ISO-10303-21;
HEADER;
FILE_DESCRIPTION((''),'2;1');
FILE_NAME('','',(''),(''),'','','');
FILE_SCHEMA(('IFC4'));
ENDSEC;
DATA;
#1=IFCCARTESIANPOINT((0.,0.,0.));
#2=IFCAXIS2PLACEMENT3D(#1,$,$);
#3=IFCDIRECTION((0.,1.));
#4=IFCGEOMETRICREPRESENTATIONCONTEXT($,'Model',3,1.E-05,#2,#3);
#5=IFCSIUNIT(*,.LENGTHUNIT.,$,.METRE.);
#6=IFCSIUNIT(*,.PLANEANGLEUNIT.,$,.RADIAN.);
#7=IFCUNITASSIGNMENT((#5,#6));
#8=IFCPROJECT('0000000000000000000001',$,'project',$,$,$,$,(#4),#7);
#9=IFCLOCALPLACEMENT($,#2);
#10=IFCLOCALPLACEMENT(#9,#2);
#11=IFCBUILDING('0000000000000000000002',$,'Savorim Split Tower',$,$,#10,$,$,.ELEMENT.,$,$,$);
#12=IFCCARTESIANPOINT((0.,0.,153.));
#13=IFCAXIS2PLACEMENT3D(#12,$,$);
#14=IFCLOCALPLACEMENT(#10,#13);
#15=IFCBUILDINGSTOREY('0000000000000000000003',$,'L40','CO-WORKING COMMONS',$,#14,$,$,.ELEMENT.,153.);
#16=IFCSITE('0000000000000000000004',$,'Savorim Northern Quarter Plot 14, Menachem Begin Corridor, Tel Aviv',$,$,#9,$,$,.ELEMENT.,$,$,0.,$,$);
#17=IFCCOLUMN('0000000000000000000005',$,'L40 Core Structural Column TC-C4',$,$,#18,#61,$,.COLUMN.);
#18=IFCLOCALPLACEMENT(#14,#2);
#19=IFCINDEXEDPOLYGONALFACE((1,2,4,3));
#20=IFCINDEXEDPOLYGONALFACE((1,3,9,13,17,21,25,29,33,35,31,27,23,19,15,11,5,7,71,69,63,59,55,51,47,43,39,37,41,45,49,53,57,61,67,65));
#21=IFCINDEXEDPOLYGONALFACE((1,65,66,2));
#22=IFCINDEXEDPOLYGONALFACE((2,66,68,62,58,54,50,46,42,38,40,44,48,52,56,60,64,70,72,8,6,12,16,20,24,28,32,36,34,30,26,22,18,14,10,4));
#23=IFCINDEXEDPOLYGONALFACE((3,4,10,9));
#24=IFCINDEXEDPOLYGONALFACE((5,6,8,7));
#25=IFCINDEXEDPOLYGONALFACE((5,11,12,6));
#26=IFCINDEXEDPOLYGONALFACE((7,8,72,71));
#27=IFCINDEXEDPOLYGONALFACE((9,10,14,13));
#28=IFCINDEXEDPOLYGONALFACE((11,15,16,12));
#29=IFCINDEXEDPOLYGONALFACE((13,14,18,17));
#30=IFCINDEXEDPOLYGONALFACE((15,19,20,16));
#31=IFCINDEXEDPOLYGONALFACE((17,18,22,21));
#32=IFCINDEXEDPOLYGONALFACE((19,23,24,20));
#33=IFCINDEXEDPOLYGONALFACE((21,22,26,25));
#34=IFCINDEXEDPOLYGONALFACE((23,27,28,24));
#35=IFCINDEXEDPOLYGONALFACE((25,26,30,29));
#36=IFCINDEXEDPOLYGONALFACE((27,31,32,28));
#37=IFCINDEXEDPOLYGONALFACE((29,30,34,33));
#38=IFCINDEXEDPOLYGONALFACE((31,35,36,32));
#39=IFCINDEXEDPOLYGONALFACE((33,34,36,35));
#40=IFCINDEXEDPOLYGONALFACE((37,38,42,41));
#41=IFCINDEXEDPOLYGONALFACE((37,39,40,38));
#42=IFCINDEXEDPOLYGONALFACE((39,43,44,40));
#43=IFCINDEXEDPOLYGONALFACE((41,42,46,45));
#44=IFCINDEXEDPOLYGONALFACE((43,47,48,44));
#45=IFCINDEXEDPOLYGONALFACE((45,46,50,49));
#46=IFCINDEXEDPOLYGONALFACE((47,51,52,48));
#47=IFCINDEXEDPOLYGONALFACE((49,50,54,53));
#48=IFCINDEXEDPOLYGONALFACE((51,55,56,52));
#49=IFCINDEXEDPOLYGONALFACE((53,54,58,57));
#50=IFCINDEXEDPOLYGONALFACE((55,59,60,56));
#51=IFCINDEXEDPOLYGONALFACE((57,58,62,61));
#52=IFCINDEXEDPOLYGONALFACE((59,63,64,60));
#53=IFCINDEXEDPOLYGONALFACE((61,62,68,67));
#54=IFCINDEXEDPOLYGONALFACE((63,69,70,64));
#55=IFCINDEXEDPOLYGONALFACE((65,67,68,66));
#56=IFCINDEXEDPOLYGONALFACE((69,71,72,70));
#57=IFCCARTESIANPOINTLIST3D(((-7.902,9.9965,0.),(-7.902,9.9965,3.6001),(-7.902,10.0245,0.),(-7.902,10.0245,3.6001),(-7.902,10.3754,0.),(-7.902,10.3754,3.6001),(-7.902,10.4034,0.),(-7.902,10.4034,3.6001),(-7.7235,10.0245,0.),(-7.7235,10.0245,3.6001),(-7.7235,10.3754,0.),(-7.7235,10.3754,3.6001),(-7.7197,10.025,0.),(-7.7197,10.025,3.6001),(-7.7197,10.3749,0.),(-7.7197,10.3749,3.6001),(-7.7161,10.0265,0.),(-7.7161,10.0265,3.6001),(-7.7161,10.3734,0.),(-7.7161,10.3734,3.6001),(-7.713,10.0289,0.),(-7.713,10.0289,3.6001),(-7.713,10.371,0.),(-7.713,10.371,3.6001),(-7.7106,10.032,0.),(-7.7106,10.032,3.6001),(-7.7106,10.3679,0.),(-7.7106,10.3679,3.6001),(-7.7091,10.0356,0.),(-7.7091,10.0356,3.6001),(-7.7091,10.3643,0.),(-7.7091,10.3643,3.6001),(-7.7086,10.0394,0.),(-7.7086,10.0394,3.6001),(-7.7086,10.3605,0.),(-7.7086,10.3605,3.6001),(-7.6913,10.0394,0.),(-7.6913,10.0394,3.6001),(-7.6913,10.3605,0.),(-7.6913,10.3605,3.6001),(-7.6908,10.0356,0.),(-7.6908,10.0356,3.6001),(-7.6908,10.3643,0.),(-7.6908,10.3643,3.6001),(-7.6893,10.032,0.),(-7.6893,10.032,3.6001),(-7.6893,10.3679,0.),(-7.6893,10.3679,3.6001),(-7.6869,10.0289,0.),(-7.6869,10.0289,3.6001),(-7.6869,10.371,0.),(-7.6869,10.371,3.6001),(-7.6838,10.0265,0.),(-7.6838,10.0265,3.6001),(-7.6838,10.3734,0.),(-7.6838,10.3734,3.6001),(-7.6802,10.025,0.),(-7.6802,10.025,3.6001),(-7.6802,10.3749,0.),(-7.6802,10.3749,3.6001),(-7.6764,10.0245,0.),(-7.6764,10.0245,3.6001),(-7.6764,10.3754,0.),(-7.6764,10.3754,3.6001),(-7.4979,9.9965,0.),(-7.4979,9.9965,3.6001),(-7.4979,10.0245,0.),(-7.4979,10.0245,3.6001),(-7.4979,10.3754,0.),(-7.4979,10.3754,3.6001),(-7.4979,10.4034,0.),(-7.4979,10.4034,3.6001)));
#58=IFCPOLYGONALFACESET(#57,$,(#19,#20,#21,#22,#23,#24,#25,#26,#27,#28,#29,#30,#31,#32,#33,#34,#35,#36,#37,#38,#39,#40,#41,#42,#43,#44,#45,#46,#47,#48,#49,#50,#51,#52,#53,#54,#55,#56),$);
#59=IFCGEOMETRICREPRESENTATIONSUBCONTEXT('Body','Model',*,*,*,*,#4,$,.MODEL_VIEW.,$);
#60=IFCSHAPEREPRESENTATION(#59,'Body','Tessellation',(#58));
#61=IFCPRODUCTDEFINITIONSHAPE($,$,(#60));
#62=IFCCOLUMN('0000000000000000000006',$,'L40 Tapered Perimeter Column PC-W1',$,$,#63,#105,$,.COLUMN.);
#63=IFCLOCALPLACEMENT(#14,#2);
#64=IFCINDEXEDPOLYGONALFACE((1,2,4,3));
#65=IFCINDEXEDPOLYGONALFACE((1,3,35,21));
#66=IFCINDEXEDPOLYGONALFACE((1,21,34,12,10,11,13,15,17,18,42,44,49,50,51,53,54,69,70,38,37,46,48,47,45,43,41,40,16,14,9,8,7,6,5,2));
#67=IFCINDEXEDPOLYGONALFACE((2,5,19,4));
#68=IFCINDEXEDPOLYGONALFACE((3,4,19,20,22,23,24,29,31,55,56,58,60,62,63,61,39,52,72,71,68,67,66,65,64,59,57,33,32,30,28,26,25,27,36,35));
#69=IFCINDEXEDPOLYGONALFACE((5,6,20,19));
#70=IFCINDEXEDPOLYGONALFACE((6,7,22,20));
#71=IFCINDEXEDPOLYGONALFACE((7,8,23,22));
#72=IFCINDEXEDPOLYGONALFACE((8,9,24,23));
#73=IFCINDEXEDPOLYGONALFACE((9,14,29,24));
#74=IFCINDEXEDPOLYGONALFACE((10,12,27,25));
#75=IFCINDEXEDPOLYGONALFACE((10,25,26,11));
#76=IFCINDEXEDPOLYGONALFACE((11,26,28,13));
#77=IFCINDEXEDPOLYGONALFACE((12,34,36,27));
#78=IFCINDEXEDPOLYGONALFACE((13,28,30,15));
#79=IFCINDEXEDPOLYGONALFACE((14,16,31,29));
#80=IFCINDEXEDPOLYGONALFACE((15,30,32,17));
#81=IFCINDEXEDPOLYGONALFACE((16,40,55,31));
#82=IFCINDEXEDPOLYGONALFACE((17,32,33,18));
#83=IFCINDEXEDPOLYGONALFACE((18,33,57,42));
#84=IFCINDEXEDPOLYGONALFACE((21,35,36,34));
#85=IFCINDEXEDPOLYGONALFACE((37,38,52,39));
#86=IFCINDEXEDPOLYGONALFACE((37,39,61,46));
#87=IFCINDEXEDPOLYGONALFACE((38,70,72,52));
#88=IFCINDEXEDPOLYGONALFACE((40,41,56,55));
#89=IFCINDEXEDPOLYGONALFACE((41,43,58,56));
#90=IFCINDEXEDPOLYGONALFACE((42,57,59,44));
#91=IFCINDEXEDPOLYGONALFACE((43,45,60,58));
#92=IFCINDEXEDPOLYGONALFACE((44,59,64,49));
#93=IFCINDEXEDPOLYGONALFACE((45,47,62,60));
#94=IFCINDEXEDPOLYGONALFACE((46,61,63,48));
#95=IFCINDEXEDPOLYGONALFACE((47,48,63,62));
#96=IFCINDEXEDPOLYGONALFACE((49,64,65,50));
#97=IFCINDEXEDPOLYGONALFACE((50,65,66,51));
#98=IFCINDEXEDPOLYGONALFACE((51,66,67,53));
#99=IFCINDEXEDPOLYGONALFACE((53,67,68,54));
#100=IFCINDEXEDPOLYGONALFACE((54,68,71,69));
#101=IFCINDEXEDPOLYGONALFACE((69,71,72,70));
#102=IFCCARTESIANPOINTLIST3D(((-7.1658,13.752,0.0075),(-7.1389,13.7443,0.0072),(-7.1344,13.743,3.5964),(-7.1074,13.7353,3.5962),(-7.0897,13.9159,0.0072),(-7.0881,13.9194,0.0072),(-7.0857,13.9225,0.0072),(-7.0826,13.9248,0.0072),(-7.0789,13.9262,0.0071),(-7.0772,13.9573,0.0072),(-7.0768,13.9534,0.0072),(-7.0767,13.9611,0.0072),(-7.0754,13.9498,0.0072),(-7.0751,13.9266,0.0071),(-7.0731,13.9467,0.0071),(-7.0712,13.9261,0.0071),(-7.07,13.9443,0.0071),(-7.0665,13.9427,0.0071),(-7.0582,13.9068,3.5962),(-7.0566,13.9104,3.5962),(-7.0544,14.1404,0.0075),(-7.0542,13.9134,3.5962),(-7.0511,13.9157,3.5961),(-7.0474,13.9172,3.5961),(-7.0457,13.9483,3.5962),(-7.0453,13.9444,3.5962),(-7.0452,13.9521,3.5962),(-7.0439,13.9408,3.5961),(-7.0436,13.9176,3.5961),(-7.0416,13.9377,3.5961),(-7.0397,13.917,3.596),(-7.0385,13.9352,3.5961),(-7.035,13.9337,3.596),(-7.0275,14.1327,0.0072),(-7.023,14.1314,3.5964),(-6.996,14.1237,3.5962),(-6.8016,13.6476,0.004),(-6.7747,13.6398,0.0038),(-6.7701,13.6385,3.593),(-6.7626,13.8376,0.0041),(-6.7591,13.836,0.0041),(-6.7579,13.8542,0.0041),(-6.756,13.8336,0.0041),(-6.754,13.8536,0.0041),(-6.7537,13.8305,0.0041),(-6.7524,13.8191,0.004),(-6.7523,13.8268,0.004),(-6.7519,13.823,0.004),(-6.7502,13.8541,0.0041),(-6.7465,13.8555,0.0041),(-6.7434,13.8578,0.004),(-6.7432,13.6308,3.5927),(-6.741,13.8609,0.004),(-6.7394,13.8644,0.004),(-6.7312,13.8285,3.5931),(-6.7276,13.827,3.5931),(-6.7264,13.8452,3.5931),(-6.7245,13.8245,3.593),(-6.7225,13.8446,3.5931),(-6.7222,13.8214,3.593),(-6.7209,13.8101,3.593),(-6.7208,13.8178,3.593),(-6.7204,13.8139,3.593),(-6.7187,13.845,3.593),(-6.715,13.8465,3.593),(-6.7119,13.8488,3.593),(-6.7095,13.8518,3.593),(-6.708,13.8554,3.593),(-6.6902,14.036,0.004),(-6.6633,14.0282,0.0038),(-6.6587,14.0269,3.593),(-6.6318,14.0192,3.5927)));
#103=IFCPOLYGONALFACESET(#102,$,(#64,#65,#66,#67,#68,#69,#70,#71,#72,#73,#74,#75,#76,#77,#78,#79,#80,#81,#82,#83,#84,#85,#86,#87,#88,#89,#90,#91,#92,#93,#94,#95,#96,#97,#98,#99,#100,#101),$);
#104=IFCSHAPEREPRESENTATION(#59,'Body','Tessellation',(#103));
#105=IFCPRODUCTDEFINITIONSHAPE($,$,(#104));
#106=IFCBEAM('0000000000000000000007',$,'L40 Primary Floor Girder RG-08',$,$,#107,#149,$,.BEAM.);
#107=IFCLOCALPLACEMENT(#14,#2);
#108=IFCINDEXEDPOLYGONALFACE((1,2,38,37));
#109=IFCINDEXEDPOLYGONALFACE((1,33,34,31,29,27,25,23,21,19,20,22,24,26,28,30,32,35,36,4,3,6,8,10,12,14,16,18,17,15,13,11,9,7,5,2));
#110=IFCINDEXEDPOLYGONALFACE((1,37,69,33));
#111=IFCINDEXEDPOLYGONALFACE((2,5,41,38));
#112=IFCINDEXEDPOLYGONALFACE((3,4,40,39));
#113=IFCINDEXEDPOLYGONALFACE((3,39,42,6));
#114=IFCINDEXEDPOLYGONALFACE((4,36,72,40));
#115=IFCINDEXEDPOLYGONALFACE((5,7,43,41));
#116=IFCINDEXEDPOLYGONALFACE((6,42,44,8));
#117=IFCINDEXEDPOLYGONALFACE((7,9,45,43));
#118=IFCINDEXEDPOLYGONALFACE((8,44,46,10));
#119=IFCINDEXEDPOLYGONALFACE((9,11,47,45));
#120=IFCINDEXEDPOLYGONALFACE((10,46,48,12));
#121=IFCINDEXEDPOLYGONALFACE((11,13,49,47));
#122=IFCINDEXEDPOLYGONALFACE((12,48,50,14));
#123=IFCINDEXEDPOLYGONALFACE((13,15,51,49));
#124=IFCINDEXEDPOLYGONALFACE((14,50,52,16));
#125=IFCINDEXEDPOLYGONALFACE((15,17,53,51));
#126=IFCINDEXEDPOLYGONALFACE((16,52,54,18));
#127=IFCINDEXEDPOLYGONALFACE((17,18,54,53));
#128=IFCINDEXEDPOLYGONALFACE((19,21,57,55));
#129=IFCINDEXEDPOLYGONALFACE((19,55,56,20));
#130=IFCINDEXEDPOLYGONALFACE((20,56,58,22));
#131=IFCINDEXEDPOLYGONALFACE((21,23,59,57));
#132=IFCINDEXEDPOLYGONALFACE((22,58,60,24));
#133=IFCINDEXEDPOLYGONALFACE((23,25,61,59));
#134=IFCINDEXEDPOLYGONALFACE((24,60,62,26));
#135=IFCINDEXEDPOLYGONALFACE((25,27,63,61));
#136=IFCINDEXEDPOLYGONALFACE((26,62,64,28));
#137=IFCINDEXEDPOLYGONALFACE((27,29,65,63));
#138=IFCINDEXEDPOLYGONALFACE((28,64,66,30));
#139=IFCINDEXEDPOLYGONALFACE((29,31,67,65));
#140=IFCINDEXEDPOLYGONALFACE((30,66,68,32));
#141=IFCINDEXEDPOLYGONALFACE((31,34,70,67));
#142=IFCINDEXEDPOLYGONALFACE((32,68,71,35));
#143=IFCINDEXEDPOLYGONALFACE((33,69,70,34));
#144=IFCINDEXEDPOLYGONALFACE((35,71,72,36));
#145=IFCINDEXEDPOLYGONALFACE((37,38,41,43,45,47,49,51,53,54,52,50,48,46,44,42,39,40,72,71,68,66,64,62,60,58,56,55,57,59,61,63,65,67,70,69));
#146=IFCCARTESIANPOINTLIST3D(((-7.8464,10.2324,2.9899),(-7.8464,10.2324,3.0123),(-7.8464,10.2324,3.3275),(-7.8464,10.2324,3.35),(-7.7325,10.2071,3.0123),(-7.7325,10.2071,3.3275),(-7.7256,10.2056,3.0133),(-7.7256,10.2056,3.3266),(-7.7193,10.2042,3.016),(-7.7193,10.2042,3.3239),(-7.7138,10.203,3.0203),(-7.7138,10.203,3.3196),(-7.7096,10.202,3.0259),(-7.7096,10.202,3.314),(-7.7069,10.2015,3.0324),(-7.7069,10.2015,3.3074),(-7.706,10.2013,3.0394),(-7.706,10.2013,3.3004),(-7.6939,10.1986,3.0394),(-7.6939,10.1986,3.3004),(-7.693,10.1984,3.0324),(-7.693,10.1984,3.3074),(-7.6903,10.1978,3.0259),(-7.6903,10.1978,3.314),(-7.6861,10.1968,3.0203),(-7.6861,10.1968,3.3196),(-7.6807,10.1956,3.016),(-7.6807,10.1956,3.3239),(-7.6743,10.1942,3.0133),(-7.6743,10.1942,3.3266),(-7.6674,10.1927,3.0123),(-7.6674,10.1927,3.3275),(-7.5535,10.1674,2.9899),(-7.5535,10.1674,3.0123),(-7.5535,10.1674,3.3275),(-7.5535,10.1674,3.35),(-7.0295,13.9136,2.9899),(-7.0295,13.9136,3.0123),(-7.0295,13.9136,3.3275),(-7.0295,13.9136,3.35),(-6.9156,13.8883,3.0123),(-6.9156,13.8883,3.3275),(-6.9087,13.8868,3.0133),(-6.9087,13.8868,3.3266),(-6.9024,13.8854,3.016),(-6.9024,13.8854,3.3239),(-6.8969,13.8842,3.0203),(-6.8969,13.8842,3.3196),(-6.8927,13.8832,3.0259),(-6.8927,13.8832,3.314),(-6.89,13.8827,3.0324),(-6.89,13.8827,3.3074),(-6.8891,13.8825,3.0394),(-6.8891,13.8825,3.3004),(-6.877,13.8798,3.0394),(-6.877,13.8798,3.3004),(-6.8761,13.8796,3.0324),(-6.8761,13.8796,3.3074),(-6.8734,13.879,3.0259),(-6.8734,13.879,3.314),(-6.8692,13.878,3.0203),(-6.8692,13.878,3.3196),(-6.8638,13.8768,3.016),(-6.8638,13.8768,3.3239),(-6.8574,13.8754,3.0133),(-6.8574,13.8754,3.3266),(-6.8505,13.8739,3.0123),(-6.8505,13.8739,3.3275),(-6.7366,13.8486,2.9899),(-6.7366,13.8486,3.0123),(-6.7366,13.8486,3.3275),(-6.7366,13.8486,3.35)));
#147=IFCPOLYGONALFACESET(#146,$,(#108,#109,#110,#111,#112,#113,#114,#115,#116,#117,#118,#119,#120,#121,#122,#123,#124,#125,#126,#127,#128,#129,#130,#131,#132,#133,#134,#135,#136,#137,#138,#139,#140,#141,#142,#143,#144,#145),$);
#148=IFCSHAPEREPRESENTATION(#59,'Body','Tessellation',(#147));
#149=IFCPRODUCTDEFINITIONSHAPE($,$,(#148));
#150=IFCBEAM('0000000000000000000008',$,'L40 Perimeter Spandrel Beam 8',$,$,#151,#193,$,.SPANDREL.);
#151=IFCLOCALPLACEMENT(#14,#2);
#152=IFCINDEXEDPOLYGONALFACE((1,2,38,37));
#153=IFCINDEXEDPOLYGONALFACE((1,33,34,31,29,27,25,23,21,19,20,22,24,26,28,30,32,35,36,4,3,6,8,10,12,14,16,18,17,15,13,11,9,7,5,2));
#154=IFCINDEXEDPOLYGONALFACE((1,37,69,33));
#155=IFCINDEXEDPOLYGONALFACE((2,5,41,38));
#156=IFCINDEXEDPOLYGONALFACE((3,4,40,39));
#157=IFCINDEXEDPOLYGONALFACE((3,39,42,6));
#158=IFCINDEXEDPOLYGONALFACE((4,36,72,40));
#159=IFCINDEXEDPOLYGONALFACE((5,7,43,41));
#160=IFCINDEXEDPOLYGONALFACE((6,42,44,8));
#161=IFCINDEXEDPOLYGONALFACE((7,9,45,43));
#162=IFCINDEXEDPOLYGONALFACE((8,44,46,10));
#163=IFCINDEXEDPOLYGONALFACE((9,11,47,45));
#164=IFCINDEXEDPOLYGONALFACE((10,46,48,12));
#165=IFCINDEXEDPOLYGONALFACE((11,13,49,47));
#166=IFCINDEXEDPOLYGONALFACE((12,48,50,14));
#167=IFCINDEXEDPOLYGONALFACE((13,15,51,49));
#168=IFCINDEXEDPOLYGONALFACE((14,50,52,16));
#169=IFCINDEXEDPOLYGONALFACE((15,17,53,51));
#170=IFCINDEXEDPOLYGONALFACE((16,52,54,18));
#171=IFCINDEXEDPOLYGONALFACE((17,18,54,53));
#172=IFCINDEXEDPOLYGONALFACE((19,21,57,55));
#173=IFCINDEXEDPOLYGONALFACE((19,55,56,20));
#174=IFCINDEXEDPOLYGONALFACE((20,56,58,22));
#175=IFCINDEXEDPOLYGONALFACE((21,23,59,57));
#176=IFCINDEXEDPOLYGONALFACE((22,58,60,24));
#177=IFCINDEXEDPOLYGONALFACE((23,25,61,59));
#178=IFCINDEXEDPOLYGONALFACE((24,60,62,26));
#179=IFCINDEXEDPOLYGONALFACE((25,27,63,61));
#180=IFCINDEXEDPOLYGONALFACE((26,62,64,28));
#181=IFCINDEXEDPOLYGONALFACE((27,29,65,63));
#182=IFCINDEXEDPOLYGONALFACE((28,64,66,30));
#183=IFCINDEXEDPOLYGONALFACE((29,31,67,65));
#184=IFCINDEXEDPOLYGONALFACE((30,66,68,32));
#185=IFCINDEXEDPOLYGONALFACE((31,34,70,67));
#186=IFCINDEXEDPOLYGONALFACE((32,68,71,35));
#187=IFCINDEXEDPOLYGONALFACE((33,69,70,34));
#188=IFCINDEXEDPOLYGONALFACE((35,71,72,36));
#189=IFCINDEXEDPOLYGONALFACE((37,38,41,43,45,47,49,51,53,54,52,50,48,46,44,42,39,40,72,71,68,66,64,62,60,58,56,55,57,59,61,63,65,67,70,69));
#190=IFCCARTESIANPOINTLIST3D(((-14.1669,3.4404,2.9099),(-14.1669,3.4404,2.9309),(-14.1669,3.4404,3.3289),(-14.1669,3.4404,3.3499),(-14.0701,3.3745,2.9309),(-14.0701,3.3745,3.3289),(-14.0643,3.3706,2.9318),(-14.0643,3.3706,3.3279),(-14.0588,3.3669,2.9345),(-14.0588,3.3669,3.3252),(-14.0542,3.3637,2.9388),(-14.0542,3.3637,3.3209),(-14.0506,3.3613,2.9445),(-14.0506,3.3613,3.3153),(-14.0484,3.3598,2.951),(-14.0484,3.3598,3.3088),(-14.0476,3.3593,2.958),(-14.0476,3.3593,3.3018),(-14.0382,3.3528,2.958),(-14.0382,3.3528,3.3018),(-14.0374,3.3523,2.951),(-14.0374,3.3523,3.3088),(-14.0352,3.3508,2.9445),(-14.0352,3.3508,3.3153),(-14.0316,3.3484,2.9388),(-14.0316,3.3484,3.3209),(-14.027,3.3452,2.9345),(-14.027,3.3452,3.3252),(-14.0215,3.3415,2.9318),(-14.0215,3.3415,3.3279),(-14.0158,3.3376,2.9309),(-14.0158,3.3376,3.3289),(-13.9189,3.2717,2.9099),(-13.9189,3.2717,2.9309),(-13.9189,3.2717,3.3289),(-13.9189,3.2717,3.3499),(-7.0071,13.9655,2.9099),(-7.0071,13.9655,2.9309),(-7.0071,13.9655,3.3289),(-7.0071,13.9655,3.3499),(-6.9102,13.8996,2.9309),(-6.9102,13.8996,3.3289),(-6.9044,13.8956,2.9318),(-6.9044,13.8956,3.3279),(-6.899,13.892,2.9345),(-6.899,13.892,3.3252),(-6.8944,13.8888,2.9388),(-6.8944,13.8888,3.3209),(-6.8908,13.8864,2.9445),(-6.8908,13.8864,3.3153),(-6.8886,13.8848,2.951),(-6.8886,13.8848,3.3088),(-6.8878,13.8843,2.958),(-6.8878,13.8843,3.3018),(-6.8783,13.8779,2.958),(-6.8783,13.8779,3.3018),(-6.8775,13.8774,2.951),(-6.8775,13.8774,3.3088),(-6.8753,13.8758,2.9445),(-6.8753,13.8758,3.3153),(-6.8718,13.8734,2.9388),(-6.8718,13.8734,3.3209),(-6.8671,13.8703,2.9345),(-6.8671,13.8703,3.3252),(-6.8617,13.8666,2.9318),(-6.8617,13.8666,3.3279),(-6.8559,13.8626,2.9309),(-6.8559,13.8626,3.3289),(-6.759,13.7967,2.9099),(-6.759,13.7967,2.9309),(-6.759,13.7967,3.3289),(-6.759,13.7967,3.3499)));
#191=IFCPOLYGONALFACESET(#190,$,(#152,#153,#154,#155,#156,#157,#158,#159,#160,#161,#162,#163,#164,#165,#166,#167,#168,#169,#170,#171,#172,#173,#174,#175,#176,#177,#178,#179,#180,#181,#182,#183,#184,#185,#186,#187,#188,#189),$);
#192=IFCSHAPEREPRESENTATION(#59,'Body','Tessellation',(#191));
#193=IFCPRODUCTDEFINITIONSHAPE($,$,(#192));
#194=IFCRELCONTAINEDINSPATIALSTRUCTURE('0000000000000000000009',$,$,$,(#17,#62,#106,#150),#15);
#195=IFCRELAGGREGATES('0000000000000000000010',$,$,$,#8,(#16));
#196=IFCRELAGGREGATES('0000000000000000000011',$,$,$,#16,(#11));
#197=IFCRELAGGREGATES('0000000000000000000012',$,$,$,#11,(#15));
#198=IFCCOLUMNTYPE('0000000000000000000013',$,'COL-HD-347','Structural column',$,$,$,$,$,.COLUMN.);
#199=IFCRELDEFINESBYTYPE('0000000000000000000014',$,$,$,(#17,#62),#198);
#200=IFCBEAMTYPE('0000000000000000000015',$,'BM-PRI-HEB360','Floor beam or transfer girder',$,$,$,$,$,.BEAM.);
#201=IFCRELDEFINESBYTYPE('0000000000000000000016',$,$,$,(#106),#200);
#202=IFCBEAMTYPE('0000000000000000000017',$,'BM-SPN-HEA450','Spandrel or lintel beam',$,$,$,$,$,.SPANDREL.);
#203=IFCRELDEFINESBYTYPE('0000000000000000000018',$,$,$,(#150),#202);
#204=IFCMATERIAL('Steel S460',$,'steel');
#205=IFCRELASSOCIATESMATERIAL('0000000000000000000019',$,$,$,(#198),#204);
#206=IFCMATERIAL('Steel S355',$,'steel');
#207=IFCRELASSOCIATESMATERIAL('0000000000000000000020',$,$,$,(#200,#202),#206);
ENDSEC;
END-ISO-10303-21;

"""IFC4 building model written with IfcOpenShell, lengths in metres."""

from ifc_helpers import new_model, si_unit, direction, frame, origin, origin_2d, place, context, subcontext, project, spatial, i_section, extrude, material, material_profile, profile_set, type_object, element, save


model = new_model("IFC4")

# Units and contexts
model_context = context("Model", 3, precision=1e-05, world=origin(), true_north=direction((0.0, 1.0)))
body_context = subcontext(model_context, "Body", "Model", "MODEL_VIEW")
ifc_project = project(units=[si_unit("LENGTHUNIT", "METRE"), si_unit("PLANEANGLEUNIT", "RADIAN")], contexts=[model_context])

# Site, building, storey
site_placement = place(None, origin())
site = spatial("IfcSite", under=ifc_project, at=site_placement, Name="Savorim Northern Quarter Plot 14, Menachem Begin Corridor, Tel Aviv", CompositionType="ELEMENT", RefElevation=0.0)
building_placement = place(site_placement, origin())
building = spatial("IfcBuilding", under=site, at=building_placement, Name="Savorim Split Tower", CompositionType="ELEMENT")
storey_placement = place(building_placement, frame((0.0, 0.0, 153.0)))
storey = spatial("IfcBuildingStorey", under=building, at=storey_placement, Name="L40", Description="CO-WORKING COMMONS", CompositionType="ELEMENT", Elevation=153.0)

# Columns
ifc_material_1 = material(Name="Steel S460", Category="steel")
ifc_material_profile_1 = material_profile(ifc_material_1, i_section(OverallWidth=0.4041, OverallDepth=0.407, WebThickness=0.0173, FlangeThickness=0.0281, FilletRadius=0.0149, at=origin_2d()), Name="HD 400x347")
ifc_profile_set_1 = profile_set([ifc_material_profile_1], Name="Steel S460")
column_type = type_object("IfcColumnType", Name="COL-HD-347", Description="Structural column", PredefinedType="COLUMN", material=ifc_profile_set_1)
column_1_placement = place(storey_placement, frame((-7.7, 10.2, 0.0), z_axis=(0.0, 0.0, 1.0), x_axis=(1.0, 0.0, 0.0)))
element("IfcColumn", 1, at=column_1_placement, inside=storey, type_object=column_type, Name="L40 Core Structural Column TC-C4", PredefinedType="COLUMN", context=body_context, shape_type="SweptSolid", body=[
    extrude(i_section(OverallWidth=0.4041, OverallDepth=0.407, WebThickness=0.0173, FlangeThickness=0.0281, FilletRadius=0.0149, at=origin_2d()), origin(), (0.0, 0.0, 1.0), 3.6001),
])
column_2_placement = place(storey_placement, frame((-6.9146, 13.8901, 0.0056), z_axis=(0.008775, -0.002517, 0.999958), x_axis=(0.275705, 0.961242, 0.0)))
element("IfcColumn", 2, at=column_2_placement, inside=storey, type_object=column_type, Name="L40 Tapered Perimeter Column PC-W1", PredefinedType="COLUMN", context=body_context, shape_type="SweptSolid", body=[
    extrude(i_section(OverallWidth=0.4041, OverallDepth=0.407, WebThickness=0.0173, FlangeThickness=0.0281, FilletRadius=0.0149, at=origin_2d()), origin(), (0.0, 0.0, 1.0), 3.5891),
])

# Beams
ifc_material_2 = material(Name="Steel S355", Category="steel")
ifc_material_profile_2 = material_profile(ifc_material_2, i_section(OverallWidth=0.3, OverallDepth=0.3601, WebThickness=0.0125, FlangeThickness=0.0225, FilletRadius=0.0271, at=origin_2d()), Name="HEB 360")
ifc_profile_set_2 = profile_set([ifc_material_profile_2], Name="Steel S355")
beam_type_1 = type_object("IfcBeamType", Name="BM-PRI-HEB360", Description="Floor beam or transfer girder", PredefinedType="BEAM", material=ifc_profile_set_2)
beam_1_placement = place(storey_placement, frame((-6.8831, 13.8811, 3.1699), z_axis=(-0.216643, -0.976251, 0.0), x_axis=(0.976251, -0.216643, 0.0)))
element("IfcBeam", 3, at=beam_1_placement, inside=storey, type_object=beam_type_1, Name="L40 Primary Floor Girder RG-08", PredefinedType="BEAM", context=body_context, shape_type="SweptSolid", body=[
    extrude(i_section(OverallWidth=0.3, OverallDepth=0.3601, WebThickness=0.0125, FlangeThickness=0.0225, FilletRadius=0.0271, at=origin_2d()), origin(), (0.0, 0.0, 1.0), 3.7708),
])
ifc_material_profile_3 = material_profile(ifc_material_2, i_section(OverallWidth=0.3, OverallDepth=0.4399, WebThickness=0.0115, FlangeThickness=0.021, FilletRadius=0.0271, at=origin_2d()), Name="HEA 450")
ifc_profile_set_3 = profile_set([ifc_material_profile_3], Name="Steel S355")
beam_type_2 = type_object("IfcBeamType", Name="BM-SPN-HEA450", Description="Spandrel or lintel beam", PredefinedType="SPANDREL", material=ifc_profile_set_3)
beam_2_placement = place(storey_placement, frame((-6.8831, 13.8811, 3.1299), z_axis=(-0.562461, -0.826824, 0.0), x_axis=(0.826824, -0.562461, 0.0)))
element("IfcBeam", 4, at=beam_2_placement, inside=storey, type_object=beam_type_2, Name="L40 Perimeter Spandrel Beam 8", PredefinedType="SPANDREL", context=body_context, shape_type="SweptSolid", body=[
    extrude(i_section(OverallWidth=0.3, OverallDepth=0.4399, WebThickness=0.0115, FlangeThickness=0.021, FilletRadius=0.0271, at=origin_2d()), origin(), (0.0, 0.0, 1.0), 12.7295),
])

save(model, "model.ifc")
